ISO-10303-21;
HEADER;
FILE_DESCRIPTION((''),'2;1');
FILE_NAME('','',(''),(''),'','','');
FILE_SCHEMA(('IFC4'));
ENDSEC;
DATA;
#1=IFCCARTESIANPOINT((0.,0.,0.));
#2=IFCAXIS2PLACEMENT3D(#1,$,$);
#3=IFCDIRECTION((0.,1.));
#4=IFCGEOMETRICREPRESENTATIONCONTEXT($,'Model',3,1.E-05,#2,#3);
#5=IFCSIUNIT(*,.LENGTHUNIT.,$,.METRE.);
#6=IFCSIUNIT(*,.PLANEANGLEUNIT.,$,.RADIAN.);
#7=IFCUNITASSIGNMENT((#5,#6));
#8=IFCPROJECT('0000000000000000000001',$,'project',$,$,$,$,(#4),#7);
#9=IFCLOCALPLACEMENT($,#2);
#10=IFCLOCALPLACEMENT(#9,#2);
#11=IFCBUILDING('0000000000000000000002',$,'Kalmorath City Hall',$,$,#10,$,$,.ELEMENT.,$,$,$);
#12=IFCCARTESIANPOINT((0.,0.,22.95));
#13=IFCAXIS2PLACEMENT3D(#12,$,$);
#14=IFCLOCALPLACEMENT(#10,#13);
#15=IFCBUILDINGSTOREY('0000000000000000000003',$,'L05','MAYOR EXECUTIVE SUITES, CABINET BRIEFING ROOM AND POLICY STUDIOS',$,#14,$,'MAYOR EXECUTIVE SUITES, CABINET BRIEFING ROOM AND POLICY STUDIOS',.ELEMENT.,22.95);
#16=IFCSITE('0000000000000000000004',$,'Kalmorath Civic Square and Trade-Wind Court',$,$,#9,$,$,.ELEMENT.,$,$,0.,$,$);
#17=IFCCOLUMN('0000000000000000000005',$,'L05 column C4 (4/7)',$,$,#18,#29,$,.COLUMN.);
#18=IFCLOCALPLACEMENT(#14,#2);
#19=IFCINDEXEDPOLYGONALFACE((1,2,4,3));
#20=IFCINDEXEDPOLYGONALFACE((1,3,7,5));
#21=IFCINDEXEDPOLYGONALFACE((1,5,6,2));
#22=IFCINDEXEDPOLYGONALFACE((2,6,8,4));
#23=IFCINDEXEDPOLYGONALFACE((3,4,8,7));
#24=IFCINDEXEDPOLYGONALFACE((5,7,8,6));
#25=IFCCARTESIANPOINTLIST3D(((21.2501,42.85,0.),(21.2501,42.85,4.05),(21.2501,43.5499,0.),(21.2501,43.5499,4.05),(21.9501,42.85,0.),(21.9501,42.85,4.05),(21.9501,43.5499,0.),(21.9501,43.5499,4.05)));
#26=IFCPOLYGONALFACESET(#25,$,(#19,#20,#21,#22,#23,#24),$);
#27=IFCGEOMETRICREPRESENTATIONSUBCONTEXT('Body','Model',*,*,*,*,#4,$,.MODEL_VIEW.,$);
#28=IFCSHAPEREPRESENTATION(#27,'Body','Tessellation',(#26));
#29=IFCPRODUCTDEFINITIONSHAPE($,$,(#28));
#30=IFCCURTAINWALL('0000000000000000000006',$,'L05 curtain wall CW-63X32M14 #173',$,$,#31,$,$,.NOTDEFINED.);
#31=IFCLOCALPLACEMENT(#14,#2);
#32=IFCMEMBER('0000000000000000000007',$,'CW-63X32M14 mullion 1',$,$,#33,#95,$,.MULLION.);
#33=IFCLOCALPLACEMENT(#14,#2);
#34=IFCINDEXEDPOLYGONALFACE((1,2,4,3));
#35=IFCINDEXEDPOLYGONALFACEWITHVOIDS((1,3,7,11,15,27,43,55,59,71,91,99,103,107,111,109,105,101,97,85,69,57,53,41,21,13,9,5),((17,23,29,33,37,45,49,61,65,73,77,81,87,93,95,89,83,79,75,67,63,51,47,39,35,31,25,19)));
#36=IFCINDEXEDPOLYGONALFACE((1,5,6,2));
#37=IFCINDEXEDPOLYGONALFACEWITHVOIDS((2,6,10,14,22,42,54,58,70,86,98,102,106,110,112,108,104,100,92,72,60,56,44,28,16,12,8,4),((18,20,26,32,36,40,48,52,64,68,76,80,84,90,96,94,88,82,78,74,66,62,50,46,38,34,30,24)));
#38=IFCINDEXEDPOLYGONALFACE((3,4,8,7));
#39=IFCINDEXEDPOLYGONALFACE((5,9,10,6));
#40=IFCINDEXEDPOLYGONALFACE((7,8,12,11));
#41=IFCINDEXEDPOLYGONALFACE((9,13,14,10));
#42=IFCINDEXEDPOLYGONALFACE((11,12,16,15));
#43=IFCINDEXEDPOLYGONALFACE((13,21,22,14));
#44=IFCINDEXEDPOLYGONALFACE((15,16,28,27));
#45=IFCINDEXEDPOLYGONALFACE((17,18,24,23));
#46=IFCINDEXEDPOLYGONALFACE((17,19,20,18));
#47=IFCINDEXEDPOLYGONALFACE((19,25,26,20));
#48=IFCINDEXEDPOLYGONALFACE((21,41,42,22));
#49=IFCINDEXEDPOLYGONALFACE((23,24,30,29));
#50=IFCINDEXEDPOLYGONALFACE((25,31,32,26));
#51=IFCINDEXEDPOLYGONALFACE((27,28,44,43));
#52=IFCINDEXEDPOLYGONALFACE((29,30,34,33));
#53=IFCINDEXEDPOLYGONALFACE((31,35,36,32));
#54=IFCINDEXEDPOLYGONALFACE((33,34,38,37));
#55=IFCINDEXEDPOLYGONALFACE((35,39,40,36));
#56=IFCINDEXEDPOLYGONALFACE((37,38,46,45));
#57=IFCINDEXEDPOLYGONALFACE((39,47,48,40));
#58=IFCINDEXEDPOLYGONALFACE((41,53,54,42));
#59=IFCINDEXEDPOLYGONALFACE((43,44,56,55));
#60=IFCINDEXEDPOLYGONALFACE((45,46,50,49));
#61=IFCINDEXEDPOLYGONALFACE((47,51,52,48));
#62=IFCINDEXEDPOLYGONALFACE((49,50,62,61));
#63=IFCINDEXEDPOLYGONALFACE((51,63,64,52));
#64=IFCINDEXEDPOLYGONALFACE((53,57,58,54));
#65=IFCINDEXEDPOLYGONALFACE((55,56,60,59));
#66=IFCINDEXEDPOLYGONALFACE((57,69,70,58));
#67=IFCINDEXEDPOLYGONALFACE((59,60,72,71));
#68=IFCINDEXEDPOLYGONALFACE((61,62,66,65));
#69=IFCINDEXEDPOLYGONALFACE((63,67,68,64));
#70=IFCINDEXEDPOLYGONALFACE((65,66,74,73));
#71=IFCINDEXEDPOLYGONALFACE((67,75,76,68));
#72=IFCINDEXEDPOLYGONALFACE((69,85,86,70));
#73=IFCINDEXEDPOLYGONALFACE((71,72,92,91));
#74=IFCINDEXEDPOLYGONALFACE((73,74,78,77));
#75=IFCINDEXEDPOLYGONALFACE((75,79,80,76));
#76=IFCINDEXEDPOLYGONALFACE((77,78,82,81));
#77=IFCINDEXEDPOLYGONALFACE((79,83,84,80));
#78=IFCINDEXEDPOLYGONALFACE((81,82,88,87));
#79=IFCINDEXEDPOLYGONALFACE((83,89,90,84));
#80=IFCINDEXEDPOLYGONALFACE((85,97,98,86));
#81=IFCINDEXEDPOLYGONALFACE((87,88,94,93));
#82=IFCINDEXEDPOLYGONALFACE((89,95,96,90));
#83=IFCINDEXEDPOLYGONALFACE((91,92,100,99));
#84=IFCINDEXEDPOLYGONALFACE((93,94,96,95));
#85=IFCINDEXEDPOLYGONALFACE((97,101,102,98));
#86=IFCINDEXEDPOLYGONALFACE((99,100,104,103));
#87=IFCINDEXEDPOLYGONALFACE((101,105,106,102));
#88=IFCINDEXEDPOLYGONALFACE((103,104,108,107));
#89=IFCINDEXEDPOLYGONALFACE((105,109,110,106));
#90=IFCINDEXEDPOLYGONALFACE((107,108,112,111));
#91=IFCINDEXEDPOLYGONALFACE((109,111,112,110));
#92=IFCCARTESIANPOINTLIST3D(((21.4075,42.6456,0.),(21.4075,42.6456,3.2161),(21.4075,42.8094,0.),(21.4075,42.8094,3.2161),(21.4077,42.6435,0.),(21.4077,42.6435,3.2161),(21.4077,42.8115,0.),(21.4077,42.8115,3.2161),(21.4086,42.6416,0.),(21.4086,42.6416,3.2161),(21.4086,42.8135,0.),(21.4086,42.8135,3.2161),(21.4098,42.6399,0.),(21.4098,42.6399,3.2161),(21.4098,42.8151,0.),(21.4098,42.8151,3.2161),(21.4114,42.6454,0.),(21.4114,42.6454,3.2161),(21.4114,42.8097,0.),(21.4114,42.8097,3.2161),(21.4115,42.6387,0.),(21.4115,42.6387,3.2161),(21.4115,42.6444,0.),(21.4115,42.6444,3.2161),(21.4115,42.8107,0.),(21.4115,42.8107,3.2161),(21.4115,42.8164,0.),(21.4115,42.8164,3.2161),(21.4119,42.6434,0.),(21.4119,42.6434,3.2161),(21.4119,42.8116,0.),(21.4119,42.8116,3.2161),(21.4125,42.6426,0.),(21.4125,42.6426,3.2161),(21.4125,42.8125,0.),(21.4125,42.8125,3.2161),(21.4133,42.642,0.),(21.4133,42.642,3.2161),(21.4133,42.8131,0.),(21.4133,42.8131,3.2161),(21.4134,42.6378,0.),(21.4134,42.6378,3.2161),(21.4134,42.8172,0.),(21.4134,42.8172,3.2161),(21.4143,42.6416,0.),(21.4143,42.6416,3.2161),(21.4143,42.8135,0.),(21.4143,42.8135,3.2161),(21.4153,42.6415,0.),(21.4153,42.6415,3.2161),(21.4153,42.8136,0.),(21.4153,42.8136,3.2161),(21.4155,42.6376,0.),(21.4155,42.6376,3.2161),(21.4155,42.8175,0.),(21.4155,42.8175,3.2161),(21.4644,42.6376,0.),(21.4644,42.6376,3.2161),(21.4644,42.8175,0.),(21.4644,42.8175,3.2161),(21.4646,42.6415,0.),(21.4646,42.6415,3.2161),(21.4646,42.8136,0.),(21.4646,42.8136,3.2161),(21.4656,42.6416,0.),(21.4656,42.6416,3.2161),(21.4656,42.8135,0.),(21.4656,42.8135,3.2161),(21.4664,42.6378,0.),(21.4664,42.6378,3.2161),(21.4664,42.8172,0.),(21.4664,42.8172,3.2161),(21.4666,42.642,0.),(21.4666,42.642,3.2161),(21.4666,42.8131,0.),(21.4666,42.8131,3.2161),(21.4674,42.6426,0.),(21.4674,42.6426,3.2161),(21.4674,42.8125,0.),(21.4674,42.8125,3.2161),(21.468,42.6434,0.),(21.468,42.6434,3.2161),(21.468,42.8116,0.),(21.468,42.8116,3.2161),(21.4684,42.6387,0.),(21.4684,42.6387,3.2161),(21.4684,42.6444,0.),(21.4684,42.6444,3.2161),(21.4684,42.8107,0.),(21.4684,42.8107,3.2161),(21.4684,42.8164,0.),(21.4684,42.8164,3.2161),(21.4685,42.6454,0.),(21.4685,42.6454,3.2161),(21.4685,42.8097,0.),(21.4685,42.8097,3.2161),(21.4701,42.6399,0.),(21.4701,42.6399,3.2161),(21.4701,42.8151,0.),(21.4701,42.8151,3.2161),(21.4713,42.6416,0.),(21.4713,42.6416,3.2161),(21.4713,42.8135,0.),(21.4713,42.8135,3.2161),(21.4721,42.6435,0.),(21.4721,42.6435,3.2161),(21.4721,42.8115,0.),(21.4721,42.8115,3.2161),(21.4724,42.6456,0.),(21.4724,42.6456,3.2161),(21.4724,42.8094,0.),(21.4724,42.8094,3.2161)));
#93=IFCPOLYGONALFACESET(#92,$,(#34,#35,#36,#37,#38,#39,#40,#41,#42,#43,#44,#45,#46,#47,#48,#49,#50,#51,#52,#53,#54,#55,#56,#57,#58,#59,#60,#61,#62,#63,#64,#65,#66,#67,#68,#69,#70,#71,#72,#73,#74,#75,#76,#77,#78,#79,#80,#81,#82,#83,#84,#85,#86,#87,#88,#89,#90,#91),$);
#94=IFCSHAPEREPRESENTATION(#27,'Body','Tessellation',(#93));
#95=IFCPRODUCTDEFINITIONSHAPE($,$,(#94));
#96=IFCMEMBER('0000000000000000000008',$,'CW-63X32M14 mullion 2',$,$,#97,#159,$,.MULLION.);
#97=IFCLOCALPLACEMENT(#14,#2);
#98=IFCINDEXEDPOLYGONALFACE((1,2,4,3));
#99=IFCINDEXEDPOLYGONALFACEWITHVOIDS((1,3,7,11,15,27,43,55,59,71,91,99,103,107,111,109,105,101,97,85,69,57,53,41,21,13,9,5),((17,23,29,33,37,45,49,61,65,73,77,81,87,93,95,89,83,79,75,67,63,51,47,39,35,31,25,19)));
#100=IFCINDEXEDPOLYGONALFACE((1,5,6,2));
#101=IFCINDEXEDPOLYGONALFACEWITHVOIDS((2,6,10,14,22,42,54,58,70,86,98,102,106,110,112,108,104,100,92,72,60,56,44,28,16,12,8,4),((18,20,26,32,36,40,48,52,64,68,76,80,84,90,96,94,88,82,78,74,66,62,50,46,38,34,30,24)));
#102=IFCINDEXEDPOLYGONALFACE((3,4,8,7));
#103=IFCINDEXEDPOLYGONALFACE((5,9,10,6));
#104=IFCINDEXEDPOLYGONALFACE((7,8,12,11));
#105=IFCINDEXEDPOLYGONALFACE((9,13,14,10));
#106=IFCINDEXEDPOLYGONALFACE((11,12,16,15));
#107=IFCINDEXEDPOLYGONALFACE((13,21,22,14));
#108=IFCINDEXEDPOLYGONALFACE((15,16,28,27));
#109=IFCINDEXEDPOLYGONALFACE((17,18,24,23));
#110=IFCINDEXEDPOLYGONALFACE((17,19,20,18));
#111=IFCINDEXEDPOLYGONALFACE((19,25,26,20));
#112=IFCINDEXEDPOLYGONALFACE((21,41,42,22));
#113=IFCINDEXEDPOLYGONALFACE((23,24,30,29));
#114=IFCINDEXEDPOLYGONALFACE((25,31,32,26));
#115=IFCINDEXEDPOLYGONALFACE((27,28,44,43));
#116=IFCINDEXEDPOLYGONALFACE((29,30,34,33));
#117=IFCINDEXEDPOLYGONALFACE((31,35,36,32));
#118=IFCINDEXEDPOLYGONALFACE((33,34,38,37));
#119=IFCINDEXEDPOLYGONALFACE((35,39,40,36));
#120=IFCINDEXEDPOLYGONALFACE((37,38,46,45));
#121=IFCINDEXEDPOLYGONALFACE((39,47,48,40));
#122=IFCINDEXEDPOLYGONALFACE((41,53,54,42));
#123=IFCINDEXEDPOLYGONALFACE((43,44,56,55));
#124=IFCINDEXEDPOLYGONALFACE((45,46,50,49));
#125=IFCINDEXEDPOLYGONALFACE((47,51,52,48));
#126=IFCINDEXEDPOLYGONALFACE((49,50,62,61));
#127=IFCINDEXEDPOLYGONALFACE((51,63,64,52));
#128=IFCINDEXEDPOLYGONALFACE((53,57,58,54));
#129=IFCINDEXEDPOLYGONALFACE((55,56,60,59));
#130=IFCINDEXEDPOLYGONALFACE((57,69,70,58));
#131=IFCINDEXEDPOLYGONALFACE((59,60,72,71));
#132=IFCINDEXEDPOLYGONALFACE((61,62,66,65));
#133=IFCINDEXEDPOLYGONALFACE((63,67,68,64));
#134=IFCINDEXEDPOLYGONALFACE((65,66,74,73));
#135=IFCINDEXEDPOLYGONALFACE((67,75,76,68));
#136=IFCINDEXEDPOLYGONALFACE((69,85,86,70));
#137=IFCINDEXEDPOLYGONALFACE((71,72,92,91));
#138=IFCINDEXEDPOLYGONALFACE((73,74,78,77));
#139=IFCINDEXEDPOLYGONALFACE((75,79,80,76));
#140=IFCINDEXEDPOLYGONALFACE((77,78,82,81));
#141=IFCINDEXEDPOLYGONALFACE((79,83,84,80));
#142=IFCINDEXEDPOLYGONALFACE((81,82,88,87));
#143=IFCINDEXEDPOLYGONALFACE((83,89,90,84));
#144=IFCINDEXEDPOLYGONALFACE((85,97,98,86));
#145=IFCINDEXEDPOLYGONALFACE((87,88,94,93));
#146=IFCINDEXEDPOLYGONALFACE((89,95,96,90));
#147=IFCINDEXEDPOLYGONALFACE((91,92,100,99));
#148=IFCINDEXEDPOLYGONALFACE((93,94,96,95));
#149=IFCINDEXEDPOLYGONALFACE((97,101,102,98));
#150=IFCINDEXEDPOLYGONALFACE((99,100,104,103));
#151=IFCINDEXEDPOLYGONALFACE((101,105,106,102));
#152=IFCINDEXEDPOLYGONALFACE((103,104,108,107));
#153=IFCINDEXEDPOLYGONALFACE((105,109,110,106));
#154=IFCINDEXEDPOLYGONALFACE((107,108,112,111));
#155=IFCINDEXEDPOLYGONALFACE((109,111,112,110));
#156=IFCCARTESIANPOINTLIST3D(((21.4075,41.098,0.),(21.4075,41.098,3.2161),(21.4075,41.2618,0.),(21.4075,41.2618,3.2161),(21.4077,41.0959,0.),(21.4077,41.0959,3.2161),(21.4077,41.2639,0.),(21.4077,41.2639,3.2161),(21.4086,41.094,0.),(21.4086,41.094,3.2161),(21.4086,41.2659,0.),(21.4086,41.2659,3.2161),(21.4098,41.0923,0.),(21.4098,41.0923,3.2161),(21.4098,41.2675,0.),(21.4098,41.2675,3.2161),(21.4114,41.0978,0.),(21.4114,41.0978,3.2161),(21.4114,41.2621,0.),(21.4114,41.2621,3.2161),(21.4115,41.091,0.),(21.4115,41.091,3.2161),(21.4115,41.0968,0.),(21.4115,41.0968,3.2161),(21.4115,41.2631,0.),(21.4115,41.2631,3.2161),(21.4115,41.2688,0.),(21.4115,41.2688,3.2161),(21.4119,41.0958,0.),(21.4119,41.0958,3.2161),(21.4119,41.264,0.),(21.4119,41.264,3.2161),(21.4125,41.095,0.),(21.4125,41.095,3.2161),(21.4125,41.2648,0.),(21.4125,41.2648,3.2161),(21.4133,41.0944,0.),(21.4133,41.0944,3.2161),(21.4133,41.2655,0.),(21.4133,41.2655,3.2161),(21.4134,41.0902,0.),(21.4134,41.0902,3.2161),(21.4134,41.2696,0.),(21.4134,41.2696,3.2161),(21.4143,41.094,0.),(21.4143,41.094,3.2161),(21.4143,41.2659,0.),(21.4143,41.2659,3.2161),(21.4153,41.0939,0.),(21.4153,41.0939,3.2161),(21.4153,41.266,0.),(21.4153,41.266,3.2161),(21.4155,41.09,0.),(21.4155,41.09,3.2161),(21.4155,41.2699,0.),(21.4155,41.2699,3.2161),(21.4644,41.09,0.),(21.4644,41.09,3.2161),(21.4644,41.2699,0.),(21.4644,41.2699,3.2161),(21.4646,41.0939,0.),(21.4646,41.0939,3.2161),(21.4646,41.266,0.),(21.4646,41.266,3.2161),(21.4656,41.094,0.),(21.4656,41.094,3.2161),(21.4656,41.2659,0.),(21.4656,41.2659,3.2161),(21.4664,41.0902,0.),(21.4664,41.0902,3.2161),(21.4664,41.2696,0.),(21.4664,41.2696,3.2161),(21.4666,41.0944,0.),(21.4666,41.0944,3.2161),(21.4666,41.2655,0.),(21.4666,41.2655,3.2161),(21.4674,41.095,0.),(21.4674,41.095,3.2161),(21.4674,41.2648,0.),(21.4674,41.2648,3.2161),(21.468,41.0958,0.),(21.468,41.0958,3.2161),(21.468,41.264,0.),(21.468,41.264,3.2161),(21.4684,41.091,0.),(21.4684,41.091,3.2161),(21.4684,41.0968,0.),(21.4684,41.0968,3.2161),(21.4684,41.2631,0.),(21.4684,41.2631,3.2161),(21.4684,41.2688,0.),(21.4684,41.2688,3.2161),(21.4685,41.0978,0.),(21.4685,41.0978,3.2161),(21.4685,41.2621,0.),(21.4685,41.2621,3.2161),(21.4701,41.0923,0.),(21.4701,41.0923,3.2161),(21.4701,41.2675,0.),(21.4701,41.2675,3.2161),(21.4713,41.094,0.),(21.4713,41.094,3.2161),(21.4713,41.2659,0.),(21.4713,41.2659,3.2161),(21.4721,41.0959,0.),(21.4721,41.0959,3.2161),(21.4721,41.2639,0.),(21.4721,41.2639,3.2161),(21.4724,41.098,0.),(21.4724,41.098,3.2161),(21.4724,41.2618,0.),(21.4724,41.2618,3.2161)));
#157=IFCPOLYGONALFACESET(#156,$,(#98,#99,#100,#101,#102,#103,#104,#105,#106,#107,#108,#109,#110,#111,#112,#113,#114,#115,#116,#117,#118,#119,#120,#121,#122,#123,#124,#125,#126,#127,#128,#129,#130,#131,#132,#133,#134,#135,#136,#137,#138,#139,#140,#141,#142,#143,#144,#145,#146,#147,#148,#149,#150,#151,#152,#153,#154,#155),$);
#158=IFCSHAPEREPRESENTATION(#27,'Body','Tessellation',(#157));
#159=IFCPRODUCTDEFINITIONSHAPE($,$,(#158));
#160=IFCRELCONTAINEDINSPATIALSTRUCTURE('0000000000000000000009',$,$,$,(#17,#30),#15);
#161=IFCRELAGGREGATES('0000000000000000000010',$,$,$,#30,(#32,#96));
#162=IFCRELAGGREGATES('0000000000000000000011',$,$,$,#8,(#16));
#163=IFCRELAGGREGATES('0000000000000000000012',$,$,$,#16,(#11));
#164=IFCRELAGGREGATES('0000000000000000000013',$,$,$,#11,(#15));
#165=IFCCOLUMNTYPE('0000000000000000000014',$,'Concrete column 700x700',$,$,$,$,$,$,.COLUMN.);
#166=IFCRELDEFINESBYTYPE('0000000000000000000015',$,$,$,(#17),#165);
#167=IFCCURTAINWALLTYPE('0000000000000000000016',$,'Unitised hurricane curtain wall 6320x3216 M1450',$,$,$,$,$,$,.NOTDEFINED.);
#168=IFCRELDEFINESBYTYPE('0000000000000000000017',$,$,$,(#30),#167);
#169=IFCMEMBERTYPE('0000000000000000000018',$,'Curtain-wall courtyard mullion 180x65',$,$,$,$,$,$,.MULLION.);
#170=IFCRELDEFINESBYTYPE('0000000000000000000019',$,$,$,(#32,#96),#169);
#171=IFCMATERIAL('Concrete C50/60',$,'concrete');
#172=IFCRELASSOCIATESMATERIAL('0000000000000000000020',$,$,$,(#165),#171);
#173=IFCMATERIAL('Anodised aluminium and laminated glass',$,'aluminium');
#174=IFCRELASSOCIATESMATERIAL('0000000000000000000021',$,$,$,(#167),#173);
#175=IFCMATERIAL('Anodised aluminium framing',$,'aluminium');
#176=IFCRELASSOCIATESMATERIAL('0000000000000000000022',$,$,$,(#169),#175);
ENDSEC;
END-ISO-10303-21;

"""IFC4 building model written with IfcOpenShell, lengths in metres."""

from ifc_helpers import new_model, si_unit, direction, frame, origin, origin_2d, place, context, subcontext, project, spatial, rectangle, hollow_rectangle, extrude, material, material_profile, profile_set, type_object, element, aggregate, save


model = new_model("IFC4")

# Units and contexts
model_context = context("Model", 3, precision=1e-05, world=origin(), true_north=direction((0.0, 1.0)))
body_context = subcontext(model_context, "Body", "Model", "MODEL_VIEW")
ifc_project = project(units=[si_unit("LENGTHUNIT", "METRE"), si_unit("PLANEANGLEUNIT", "RADIAN")], contexts=[model_context])

# Site, building, storey
site_placement = place(None, origin())
site = spatial("IfcSite", under=ifc_project, at=site_placement, Name="Kalmorath Civic Square and Trade-Wind Court", CompositionType="ELEMENT", RefElevation=0.0)
building_placement = place(site_placement, origin())
building = spatial("IfcBuilding", under=site, at=building_placement, Name="Kalmorath City Hall", CompositionType="ELEMENT")
storey_placement = place(building_placement, frame((0.0, 0.0, 22.95)))
storey = spatial("IfcBuildingStorey", under=building, at=storey_placement, Name="L05", Description="MAYOR EXECUTIVE SUITES, CABINET BRIEFING ROOM AND POLICY STUDIOS", LongName="MAYOR EXECUTIVE SUITES, CABINET BRIEFING ROOM AND POLICY STUDIOS", CompositionType="ELEMENT", Elevation=22.95)

# Column
ifc_material_1 = material(Name="Concrete C50/60", Category="concrete")
ifc_material_profile_1 = material_profile(ifc_material_1, rectangle(XDim=0.7, YDim=0.7, at=origin_2d()), Name="RC-COL-700X700")
ifc_profile_set_1 = profile_set([ifc_material_profile_1], Name="Concrete C50/60")
column_type = type_object("IfcColumnType", Name="Concrete column 700x700", PredefinedType="COLUMN", material=ifc_profile_set_1)
column_placement = place(storey_placement, frame((21.6001, 43.2, 0.0), z_axis=(0.0, 0.0, 1.0), x_axis=(1.0, 0.0, 0.0)))
element("IfcColumn", 1, at=column_placement, inside=storey, type_object=column_type, Name="L05 column C4 (4/7)", PredefinedType="COLUMN", context=body_context, shape_type="SweptSolid", body=[
    extrude(rectangle(XDim=0.7, YDim=0.7, at=origin_2d()), origin(), (0.0, 0.0, 1.0), 4.05),
])

# Curtain wall, members
ifc_material_2 = material(Name="Anodised aluminium and laminated glass", Category="aluminium")
curtain_wall_type = type_object("IfcCurtainWallType", Name="Unitised hurricane curtain wall 6320x3216 M1450", PredefinedType="NOTDEFINED", material=ifc_material_2)
curtain_wall_placement = place(storey_placement, origin())
curtain_wall = element("IfcCurtainWall", 2, at=curtain_wall_placement, inside=storey, type_object=curtain_wall_type, Name="L05 curtain wall CW-63X32M14 #173", PredefinedType="NOTDEFINED")
ifc_material_3 = material(Name="Anodised aluminium framing", Category="aluminium")
ifc_material_profile_2 = material_profile(ifc_material_3, hollow_rectangle(XDim=0.0649, YDim=0.1799, WallThickness=0.0039, InnerFilletRadius=0.0039, OuterFilletRadius=0.0081, at=origin_2d()), Name="ALU-MUL-180X65X4")
ifc_profile_set_2 = profile_set([ifc_material_profile_2], Name="Anodised aluminium framing")
member_type_1 = type_object("IfcMemberType", Name="Curtain-wall courtyard mullion 180x65", PredefinedType="MULLION", material=ifc_profile_set_2)
member_1_placement = place(storey_placement, frame((21.4399, 42.7275, 0.0), z_axis=(0.0, 0.0, 1.0), x_axis=(1.0, 0.0, 0.0)))
member_1 = element("IfcMember", 3, at=member_1_placement, type_object=member_type_1, Name="CW-63X32M14 mullion 1", PredefinedType="MULLION", context=body_context, shape_type="SweptSolid", body=[
    extrude(hollow_rectangle(XDim=0.0649, YDim=0.1799, WallThickness=0.0039, InnerFilletRadius=0.0039, OuterFilletRadius=0.0081, at=origin_2d()), origin(), (0.0, 0.0, 1.0), 3.2161),
])
member_2_placement = place(storey_placement, frame((21.4399, 41.1799, 0.0), z_axis=(0.0, 0.0, 1.0), x_axis=(1.0, 0.0, 0.0)))
member_2 = element("IfcMember", 4, at=member_2_placement, type_object=member_type_1, Name="CW-63X32M14 mullion 2", PredefinedType="MULLION", context=body_context, shape_type="SweptSolid", body=[
    extrude(hollow_rectangle(XDim=0.0649, YDim=0.1799, WallThickness=0.0039, InnerFilletRadius=0.0039, OuterFilletRadius=0.0081, at=origin_2d()), origin(), (0.0, 0.0, 1.0), 3.2161),
])

aggregate(curtain_wall, [member_1, member_2])

save(model, "model.ifc")
